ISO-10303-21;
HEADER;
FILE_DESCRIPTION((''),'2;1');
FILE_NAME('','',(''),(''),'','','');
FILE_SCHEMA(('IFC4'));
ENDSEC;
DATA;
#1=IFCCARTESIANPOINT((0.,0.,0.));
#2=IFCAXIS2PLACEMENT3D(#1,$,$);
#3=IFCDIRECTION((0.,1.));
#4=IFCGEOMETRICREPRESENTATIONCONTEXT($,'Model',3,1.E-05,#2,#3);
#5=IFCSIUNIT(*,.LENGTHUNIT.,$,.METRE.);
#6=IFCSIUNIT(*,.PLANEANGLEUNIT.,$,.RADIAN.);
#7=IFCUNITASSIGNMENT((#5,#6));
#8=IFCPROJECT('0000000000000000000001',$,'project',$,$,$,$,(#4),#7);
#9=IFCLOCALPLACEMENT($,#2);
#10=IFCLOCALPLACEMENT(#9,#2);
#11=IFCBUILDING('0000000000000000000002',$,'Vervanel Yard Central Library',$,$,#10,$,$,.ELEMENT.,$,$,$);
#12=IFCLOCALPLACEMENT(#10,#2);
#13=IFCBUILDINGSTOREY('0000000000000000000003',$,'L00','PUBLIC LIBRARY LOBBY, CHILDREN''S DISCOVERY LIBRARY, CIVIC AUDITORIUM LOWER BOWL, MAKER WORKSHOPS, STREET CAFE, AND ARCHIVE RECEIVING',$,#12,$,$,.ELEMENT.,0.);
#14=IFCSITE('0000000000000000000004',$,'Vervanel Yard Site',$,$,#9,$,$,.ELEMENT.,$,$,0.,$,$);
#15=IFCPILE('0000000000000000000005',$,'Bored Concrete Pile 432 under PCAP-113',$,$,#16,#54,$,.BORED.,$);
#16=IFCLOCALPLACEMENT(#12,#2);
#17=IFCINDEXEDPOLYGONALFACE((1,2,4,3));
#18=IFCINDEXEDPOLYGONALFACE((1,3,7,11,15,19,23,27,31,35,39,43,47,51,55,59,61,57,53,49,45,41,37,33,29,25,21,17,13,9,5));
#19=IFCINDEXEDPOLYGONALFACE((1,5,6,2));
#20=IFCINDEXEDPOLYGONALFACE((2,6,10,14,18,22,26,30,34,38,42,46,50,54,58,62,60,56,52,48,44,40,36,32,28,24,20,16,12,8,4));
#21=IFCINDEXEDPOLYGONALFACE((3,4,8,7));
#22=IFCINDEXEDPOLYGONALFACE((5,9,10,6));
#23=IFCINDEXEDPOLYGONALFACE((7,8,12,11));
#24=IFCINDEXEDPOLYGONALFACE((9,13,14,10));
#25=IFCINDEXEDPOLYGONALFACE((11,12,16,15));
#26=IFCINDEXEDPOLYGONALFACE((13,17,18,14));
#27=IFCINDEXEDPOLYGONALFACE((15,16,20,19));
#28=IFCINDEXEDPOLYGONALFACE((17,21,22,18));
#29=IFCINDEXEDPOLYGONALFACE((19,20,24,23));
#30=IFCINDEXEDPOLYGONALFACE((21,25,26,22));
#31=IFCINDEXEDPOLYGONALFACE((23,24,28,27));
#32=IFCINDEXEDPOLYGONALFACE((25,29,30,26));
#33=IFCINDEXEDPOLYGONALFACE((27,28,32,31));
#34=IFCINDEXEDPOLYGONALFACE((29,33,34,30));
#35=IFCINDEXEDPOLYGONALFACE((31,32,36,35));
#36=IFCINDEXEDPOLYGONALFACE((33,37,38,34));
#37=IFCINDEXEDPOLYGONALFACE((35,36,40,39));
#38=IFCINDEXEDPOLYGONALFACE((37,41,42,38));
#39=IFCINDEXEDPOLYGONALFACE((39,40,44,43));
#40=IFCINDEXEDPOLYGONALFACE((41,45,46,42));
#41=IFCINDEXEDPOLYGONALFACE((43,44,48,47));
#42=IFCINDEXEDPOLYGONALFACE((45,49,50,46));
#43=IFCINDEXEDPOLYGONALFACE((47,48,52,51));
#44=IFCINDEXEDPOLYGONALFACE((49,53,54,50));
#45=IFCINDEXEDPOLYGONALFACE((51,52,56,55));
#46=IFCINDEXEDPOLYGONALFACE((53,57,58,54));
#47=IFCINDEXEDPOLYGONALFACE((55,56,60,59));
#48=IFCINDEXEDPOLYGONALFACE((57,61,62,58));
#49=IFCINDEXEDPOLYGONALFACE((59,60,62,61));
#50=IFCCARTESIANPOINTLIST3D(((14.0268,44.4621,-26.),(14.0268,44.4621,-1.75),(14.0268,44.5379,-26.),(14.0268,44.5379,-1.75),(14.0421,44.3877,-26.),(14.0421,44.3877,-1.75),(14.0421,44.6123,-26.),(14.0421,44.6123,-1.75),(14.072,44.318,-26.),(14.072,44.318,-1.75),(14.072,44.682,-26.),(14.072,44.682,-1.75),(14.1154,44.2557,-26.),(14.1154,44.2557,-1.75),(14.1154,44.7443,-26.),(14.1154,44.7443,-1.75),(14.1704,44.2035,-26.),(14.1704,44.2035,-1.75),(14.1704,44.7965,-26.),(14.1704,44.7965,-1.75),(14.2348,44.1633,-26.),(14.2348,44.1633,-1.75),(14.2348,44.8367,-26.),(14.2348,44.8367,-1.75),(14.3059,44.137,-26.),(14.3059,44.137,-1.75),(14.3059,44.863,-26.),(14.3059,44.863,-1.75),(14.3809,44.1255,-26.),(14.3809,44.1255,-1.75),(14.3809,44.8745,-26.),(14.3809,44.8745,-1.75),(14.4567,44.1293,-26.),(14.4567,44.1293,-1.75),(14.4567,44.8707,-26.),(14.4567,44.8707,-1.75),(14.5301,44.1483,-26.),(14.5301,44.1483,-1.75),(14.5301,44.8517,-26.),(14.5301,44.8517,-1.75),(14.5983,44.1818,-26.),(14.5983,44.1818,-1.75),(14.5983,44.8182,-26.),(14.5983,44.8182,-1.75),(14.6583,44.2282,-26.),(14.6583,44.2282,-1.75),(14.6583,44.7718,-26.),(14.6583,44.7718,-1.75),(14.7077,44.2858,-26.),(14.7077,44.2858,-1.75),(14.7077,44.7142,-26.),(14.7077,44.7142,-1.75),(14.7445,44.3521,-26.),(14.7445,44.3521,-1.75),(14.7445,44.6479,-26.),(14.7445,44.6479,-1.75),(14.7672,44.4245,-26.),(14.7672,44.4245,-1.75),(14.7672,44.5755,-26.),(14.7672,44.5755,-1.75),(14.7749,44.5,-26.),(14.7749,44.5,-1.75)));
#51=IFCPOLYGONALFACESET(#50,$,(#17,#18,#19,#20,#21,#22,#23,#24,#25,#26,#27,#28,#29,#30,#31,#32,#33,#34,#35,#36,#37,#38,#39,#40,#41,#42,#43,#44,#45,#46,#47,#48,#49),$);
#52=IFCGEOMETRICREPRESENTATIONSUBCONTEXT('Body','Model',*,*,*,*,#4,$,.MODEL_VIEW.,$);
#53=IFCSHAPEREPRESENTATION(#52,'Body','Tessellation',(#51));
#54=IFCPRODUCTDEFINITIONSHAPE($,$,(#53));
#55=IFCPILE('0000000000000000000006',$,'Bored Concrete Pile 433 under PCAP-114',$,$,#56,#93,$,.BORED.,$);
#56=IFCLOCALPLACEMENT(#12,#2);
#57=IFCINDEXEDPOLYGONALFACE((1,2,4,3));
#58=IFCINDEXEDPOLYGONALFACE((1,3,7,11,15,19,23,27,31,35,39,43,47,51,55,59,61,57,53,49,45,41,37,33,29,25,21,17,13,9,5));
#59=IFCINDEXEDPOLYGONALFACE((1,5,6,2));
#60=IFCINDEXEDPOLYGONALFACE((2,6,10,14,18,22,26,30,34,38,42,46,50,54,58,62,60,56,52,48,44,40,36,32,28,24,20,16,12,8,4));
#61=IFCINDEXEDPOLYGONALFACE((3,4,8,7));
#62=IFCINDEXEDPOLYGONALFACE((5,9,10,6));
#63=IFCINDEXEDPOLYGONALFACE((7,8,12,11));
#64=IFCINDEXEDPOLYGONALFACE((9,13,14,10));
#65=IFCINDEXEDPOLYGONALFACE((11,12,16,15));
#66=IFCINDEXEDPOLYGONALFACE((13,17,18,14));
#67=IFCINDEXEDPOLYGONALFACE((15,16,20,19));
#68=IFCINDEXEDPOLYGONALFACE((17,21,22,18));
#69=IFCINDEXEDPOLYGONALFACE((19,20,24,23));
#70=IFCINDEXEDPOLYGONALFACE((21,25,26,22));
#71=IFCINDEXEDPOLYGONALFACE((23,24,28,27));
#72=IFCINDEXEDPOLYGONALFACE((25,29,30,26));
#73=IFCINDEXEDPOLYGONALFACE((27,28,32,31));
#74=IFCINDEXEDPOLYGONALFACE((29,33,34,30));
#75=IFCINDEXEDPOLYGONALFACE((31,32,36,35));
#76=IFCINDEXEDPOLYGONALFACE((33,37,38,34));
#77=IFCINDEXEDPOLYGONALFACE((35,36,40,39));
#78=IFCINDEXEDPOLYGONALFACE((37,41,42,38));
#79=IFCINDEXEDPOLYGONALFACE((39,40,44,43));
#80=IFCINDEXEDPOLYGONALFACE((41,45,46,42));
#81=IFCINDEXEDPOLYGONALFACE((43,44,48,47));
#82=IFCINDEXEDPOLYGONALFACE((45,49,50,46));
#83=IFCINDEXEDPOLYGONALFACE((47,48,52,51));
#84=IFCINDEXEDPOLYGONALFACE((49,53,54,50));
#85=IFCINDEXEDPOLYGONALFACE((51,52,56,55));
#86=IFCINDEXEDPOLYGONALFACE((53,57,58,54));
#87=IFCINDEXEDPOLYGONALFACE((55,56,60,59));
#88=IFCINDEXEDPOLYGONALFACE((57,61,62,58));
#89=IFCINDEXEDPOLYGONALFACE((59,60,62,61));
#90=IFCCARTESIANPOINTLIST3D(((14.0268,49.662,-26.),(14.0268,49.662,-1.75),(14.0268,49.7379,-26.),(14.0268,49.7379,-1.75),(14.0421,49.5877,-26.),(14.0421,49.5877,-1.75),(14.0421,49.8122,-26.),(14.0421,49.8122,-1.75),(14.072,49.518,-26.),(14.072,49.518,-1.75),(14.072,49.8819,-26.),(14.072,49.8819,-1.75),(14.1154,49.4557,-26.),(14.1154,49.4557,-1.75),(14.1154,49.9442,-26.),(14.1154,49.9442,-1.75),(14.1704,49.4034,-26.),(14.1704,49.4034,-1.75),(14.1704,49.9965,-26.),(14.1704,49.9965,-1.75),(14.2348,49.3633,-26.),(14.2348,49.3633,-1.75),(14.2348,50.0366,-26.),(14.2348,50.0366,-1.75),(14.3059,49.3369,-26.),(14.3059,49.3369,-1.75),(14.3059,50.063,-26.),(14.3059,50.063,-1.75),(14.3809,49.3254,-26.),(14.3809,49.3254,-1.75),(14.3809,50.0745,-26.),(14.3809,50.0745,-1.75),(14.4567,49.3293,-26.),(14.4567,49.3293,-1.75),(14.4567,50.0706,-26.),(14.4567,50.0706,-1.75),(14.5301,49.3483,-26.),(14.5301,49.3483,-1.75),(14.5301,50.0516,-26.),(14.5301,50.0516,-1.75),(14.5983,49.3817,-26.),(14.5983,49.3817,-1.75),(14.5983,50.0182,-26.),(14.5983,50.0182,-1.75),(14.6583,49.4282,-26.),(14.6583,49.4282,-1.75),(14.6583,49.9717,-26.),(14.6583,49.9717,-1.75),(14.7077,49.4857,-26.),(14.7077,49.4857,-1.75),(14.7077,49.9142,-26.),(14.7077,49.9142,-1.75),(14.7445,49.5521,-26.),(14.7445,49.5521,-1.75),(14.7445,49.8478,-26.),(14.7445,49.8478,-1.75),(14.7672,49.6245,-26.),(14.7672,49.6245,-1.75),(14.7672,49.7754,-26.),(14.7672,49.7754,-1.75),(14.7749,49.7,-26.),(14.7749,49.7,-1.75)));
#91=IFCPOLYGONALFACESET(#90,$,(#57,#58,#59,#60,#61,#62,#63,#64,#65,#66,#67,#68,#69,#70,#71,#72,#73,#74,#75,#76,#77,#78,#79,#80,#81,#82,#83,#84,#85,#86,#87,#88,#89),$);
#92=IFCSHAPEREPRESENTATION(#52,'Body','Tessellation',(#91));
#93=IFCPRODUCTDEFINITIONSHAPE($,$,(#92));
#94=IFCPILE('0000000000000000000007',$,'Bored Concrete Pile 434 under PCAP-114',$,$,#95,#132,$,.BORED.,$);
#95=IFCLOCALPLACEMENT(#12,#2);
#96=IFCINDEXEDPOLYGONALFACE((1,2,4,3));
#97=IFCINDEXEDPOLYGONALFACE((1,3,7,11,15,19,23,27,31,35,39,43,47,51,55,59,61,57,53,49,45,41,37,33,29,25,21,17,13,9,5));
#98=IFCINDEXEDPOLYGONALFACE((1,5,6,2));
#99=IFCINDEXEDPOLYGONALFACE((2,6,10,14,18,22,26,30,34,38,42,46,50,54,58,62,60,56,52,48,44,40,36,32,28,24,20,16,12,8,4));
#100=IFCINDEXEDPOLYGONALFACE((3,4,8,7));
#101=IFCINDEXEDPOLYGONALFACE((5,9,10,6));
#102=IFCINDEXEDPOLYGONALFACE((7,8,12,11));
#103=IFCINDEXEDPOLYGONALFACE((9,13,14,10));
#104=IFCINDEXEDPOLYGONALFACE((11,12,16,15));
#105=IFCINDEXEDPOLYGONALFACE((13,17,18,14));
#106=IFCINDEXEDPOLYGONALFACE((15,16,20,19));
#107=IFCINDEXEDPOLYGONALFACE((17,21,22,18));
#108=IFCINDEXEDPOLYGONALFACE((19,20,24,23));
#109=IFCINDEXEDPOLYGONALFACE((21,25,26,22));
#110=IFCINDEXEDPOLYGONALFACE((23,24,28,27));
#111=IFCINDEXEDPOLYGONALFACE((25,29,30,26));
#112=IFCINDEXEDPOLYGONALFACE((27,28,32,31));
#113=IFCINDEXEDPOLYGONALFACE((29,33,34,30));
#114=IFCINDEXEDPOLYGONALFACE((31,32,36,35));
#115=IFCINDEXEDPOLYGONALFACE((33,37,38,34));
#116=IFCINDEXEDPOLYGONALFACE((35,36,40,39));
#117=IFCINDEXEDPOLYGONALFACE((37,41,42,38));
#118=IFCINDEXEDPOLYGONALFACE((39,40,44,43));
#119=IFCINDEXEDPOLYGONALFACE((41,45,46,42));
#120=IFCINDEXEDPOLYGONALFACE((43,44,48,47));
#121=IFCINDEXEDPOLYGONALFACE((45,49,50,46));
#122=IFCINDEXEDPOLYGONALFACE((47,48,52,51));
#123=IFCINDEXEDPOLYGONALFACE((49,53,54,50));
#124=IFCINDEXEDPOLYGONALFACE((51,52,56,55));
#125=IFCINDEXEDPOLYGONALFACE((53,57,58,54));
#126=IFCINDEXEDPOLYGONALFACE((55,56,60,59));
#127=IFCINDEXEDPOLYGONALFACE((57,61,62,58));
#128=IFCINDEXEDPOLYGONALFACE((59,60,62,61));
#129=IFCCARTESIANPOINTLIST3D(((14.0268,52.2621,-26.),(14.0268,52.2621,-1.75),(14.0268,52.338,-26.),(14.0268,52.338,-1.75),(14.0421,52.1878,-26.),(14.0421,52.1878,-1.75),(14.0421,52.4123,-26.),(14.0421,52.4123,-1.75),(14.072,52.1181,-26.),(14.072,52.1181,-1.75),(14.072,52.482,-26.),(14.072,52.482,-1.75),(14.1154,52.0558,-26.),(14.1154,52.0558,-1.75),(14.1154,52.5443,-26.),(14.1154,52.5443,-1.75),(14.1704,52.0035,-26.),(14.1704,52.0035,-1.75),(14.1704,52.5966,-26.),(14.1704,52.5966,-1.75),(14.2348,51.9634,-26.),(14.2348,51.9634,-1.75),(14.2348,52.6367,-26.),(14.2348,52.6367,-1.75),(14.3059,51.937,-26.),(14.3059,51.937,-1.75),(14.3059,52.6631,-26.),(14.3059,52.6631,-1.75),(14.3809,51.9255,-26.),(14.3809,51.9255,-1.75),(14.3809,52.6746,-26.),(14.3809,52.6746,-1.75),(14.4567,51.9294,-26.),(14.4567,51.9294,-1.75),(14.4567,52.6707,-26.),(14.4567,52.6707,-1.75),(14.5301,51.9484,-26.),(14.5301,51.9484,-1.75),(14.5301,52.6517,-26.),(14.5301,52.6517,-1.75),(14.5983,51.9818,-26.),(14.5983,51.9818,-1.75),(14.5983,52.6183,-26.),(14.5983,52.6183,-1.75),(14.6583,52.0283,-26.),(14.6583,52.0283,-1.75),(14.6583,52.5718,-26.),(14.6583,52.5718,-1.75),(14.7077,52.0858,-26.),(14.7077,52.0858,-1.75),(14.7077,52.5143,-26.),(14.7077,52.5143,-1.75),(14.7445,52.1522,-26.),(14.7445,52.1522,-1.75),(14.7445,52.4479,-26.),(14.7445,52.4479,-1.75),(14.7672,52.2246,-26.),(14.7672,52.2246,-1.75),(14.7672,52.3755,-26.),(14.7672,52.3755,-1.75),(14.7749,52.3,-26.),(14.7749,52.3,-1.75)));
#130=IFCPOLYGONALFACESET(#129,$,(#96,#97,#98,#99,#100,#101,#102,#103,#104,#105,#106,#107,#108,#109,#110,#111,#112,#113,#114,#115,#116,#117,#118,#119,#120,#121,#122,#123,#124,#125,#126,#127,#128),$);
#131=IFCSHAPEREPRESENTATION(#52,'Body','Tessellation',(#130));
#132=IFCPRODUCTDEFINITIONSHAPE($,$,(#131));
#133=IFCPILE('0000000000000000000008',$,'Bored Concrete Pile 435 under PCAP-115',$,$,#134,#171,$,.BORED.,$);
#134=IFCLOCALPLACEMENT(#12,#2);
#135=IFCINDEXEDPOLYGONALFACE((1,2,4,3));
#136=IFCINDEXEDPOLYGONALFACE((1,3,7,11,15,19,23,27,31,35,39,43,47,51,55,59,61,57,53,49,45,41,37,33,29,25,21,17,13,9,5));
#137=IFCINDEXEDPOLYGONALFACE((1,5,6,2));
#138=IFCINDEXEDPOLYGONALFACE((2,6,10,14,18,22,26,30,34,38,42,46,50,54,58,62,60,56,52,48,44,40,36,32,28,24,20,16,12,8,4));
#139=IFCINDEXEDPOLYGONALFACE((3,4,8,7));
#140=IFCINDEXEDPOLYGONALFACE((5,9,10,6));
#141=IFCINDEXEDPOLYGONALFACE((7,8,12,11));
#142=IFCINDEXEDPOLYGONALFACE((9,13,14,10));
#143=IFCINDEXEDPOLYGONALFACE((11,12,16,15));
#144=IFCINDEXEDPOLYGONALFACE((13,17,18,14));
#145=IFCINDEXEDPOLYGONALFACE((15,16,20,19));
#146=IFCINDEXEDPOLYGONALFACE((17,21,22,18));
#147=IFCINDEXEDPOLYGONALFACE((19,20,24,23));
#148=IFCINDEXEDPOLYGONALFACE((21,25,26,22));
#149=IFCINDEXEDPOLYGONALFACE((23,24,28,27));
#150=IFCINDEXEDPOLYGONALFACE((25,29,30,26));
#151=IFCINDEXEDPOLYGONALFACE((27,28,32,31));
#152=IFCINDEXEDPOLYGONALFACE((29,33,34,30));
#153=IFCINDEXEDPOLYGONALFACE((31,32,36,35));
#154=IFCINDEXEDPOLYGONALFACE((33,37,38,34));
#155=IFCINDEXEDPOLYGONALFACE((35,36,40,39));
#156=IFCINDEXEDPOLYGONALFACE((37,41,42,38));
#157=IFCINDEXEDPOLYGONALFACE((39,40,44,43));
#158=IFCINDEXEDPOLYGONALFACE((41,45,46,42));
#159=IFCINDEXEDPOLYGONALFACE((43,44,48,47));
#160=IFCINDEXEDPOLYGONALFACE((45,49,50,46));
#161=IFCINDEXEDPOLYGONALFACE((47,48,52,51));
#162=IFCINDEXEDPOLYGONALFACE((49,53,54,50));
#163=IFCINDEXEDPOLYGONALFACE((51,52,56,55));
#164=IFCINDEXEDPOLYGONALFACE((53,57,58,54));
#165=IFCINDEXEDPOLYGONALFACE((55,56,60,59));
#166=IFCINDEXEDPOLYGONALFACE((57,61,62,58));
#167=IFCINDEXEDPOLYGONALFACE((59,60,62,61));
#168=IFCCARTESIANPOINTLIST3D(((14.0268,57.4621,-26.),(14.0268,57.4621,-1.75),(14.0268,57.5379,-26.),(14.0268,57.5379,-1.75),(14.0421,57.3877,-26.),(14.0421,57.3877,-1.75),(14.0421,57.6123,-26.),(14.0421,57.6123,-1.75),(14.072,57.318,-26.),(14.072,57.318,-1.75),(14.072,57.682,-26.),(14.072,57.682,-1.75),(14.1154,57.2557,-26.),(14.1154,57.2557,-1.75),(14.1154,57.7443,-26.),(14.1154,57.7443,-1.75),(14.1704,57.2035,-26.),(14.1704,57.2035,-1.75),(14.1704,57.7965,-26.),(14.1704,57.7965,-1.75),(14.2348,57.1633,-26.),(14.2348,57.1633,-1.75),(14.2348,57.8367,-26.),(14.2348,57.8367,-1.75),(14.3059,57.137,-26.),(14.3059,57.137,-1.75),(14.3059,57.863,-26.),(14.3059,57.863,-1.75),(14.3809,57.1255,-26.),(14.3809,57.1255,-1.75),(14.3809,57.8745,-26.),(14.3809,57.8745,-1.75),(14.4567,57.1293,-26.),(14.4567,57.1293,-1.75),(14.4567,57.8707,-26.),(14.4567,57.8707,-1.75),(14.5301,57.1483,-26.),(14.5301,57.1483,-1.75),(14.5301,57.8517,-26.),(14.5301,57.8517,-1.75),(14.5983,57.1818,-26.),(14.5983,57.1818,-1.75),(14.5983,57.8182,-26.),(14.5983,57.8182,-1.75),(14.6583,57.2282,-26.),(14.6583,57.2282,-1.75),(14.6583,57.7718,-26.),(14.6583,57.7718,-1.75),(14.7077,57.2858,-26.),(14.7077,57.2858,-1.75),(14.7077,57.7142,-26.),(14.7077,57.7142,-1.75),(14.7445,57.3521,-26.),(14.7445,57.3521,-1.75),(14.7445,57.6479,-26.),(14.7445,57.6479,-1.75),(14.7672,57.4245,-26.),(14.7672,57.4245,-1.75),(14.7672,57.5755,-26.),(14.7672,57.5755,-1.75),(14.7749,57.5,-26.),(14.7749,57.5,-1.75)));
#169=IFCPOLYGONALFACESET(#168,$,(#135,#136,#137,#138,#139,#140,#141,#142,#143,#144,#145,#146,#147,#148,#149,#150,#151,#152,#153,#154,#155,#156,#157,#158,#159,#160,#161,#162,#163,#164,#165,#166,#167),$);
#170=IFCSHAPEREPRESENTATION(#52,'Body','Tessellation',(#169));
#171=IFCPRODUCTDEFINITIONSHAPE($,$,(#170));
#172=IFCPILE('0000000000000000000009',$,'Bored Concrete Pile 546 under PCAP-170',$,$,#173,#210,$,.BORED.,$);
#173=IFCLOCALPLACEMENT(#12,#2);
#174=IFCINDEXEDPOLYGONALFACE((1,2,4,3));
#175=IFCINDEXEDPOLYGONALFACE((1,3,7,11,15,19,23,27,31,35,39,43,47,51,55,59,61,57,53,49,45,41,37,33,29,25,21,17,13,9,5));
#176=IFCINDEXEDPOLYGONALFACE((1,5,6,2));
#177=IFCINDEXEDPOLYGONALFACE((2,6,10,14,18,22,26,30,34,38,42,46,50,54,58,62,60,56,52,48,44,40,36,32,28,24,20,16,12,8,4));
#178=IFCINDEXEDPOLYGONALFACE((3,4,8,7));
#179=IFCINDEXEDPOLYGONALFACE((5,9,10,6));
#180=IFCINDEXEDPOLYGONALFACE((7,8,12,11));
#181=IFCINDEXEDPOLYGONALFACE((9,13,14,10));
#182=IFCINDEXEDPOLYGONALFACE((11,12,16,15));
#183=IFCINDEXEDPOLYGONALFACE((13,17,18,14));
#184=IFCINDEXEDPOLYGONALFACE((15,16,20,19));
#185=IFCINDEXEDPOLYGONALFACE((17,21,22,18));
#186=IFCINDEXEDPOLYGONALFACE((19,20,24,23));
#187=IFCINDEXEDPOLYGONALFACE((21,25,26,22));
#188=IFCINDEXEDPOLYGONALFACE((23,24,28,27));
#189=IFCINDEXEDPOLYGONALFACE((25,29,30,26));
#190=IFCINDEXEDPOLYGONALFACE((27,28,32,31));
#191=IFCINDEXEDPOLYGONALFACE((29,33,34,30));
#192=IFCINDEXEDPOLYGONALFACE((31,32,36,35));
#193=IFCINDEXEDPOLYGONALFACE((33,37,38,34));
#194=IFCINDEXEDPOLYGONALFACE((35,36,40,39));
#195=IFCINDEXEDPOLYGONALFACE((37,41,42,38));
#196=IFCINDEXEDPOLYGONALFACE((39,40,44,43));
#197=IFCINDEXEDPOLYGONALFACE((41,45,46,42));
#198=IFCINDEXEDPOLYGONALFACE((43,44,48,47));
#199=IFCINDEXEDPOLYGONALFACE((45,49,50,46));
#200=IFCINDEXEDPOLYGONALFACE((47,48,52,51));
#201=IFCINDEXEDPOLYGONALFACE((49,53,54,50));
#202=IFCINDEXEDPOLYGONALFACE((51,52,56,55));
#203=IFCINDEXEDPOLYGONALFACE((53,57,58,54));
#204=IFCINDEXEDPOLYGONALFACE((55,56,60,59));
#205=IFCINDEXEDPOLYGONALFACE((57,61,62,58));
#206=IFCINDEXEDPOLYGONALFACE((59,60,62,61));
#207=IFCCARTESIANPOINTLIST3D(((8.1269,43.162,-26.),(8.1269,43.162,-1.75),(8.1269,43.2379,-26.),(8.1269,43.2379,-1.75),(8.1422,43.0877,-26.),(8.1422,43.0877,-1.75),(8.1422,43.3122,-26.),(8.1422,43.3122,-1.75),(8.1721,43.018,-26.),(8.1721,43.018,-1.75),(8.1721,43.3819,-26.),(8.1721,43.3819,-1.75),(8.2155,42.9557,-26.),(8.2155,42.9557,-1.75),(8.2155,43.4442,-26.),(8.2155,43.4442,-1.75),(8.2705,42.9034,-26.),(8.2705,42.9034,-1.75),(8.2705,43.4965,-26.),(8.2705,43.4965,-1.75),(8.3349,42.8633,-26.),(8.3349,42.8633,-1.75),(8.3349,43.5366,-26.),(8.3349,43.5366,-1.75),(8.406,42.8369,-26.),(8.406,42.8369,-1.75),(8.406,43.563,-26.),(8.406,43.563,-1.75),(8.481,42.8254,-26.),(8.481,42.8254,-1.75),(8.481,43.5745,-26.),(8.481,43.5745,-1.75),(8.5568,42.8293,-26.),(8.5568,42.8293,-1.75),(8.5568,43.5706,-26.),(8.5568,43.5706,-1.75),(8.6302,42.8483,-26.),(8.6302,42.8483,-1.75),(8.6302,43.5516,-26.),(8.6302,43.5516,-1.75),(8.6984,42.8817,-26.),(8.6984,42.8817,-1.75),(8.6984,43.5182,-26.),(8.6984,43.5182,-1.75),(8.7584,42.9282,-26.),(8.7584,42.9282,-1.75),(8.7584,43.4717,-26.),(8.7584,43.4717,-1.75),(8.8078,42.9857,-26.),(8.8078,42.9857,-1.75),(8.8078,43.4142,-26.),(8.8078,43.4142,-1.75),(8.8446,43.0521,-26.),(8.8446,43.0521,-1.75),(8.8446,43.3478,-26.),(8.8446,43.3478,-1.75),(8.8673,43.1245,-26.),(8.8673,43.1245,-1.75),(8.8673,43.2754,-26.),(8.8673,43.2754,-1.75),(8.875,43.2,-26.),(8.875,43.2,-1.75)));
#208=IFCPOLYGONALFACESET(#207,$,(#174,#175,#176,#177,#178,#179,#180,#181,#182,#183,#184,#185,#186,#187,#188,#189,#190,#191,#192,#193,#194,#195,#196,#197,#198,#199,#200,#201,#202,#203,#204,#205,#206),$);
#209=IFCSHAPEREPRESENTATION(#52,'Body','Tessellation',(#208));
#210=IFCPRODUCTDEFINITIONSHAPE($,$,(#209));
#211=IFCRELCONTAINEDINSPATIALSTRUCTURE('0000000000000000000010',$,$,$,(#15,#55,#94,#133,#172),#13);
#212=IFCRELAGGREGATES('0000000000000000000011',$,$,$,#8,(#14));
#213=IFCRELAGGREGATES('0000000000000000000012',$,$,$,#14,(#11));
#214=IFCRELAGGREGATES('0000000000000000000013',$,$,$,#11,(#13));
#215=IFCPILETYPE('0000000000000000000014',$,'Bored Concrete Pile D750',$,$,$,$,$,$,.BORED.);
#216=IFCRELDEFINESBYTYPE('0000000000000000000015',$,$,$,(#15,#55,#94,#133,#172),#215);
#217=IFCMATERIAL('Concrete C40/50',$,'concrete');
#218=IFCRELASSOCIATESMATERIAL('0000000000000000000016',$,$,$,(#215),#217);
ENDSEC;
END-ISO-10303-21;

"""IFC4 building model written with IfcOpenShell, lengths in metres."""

from ifc_helpers import new_model, si_unit, direction, frame, origin, origin_2d, place, context, subcontext, project, spatial, circle, extrude, material, material_profile, profile_set, type_object, element, save


model = new_model("IFC4")

# Units and contexts
model_context = context("Model", 3, precision=1e-05, world=origin(), true_north=direction((0.0, 1.0)))
body_context = subcontext(model_context, "Body", "Model", "MODEL_VIEW")
ifc_project = project(units=[si_unit("LENGTHUNIT", "METRE"), si_unit("PLANEANGLEUNIT", "RADIAN")], contexts=[model_context])

# Site, building, storey
site_placement = place(None, origin())
site = spatial("IfcSite", under=ifc_project, at=site_placement, Name="Vervanel Yard Site", CompositionType="ELEMENT", RefElevation=0.0)
building_placement = place(site_placement, origin())
building = spatial("IfcBuilding", under=site, at=building_placement, Name="Vervanel Yard Central Library", CompositionType="ELEMENT")
storey_placement = place(building_placement, origin())
storey = spatial("IfcBuildingStorey", under=building, at=storey_placement, Name="L00", Description="PUBLIC LIBRARY LOBBY, CHILDREN'S DISCOVERY LIBRARY, CIVIC AUDITORIUM LOWER BOWL, MAKER WORKSHOPS, STREET CAFE, AND ARCHIVE RECEIVING", CompositionType="ELEMENT", Elevation=0.0)

# Piles
ifc_material_1 = material(Name="Concrete C40/50", Category="concrete")
ifc_material_profile_1 = material_profile(ifc_material_1, circle(Radius=0.375, at=origin_2d()), Name="BP D750", Category="concrete")
ifc_profile_set_1 = profile_set([ifc_material_profile_1], Name="Concrete C40/50")
pile_type = type_object("IfcPileType", Name="Bored Concrete Pile D750", PredefinedType="BORED", material=ifc_profile_set_1)
for number, where, z_axis, x_axis, name in (
    (1, (14.3999, 44.5, -1.75), (0.0, 0.0, -1.0), (1.0, 0.0, 0.0), "Bored Concrete Pile 432 under PCAP-113"),
    (2, (14.3999, 49.7, -1.75), (0.0, 0.0, -1.0), (1.0, 0.0, 0.0), "Bored Concrete Pile 433 under PCAP-114"),
    (3, (14.3999, 52.3, -1.75), (0.0, 0.0, -1.0), (1.0, 0.0, 0.0), "Bored Concrete Pile 434 under PCAP-114"),
    (4, (14.3999, 57.5, -1.75), (0.0, 0.0, -1.0), (1.0, 0.0, 0.0), "Bored Concrete Pile 435 under PCAP-115"),
    (5, (8.5, 43.2, -1.75), (0.0, 0.0, -1.0), (1.0, 0.0, 0.0), "Bored Concrete Pile 546 under PCAP-170"),
):
    element("IfcPile", number, at=place(storey_placement, frame(where, z_axis=z_axis, x_axis=x_axis)), inside=storey, type_object=pile_type, Name=name, PredefinedType="BORED", context=body_context, shape_type="SweptSolid", body=[
        extrude(circle(Radius=0.375, at=origin_2d()), origin(), (0.0, 0.0, 1.0), 24.25),
    ])

save(model, "model.ifc")
